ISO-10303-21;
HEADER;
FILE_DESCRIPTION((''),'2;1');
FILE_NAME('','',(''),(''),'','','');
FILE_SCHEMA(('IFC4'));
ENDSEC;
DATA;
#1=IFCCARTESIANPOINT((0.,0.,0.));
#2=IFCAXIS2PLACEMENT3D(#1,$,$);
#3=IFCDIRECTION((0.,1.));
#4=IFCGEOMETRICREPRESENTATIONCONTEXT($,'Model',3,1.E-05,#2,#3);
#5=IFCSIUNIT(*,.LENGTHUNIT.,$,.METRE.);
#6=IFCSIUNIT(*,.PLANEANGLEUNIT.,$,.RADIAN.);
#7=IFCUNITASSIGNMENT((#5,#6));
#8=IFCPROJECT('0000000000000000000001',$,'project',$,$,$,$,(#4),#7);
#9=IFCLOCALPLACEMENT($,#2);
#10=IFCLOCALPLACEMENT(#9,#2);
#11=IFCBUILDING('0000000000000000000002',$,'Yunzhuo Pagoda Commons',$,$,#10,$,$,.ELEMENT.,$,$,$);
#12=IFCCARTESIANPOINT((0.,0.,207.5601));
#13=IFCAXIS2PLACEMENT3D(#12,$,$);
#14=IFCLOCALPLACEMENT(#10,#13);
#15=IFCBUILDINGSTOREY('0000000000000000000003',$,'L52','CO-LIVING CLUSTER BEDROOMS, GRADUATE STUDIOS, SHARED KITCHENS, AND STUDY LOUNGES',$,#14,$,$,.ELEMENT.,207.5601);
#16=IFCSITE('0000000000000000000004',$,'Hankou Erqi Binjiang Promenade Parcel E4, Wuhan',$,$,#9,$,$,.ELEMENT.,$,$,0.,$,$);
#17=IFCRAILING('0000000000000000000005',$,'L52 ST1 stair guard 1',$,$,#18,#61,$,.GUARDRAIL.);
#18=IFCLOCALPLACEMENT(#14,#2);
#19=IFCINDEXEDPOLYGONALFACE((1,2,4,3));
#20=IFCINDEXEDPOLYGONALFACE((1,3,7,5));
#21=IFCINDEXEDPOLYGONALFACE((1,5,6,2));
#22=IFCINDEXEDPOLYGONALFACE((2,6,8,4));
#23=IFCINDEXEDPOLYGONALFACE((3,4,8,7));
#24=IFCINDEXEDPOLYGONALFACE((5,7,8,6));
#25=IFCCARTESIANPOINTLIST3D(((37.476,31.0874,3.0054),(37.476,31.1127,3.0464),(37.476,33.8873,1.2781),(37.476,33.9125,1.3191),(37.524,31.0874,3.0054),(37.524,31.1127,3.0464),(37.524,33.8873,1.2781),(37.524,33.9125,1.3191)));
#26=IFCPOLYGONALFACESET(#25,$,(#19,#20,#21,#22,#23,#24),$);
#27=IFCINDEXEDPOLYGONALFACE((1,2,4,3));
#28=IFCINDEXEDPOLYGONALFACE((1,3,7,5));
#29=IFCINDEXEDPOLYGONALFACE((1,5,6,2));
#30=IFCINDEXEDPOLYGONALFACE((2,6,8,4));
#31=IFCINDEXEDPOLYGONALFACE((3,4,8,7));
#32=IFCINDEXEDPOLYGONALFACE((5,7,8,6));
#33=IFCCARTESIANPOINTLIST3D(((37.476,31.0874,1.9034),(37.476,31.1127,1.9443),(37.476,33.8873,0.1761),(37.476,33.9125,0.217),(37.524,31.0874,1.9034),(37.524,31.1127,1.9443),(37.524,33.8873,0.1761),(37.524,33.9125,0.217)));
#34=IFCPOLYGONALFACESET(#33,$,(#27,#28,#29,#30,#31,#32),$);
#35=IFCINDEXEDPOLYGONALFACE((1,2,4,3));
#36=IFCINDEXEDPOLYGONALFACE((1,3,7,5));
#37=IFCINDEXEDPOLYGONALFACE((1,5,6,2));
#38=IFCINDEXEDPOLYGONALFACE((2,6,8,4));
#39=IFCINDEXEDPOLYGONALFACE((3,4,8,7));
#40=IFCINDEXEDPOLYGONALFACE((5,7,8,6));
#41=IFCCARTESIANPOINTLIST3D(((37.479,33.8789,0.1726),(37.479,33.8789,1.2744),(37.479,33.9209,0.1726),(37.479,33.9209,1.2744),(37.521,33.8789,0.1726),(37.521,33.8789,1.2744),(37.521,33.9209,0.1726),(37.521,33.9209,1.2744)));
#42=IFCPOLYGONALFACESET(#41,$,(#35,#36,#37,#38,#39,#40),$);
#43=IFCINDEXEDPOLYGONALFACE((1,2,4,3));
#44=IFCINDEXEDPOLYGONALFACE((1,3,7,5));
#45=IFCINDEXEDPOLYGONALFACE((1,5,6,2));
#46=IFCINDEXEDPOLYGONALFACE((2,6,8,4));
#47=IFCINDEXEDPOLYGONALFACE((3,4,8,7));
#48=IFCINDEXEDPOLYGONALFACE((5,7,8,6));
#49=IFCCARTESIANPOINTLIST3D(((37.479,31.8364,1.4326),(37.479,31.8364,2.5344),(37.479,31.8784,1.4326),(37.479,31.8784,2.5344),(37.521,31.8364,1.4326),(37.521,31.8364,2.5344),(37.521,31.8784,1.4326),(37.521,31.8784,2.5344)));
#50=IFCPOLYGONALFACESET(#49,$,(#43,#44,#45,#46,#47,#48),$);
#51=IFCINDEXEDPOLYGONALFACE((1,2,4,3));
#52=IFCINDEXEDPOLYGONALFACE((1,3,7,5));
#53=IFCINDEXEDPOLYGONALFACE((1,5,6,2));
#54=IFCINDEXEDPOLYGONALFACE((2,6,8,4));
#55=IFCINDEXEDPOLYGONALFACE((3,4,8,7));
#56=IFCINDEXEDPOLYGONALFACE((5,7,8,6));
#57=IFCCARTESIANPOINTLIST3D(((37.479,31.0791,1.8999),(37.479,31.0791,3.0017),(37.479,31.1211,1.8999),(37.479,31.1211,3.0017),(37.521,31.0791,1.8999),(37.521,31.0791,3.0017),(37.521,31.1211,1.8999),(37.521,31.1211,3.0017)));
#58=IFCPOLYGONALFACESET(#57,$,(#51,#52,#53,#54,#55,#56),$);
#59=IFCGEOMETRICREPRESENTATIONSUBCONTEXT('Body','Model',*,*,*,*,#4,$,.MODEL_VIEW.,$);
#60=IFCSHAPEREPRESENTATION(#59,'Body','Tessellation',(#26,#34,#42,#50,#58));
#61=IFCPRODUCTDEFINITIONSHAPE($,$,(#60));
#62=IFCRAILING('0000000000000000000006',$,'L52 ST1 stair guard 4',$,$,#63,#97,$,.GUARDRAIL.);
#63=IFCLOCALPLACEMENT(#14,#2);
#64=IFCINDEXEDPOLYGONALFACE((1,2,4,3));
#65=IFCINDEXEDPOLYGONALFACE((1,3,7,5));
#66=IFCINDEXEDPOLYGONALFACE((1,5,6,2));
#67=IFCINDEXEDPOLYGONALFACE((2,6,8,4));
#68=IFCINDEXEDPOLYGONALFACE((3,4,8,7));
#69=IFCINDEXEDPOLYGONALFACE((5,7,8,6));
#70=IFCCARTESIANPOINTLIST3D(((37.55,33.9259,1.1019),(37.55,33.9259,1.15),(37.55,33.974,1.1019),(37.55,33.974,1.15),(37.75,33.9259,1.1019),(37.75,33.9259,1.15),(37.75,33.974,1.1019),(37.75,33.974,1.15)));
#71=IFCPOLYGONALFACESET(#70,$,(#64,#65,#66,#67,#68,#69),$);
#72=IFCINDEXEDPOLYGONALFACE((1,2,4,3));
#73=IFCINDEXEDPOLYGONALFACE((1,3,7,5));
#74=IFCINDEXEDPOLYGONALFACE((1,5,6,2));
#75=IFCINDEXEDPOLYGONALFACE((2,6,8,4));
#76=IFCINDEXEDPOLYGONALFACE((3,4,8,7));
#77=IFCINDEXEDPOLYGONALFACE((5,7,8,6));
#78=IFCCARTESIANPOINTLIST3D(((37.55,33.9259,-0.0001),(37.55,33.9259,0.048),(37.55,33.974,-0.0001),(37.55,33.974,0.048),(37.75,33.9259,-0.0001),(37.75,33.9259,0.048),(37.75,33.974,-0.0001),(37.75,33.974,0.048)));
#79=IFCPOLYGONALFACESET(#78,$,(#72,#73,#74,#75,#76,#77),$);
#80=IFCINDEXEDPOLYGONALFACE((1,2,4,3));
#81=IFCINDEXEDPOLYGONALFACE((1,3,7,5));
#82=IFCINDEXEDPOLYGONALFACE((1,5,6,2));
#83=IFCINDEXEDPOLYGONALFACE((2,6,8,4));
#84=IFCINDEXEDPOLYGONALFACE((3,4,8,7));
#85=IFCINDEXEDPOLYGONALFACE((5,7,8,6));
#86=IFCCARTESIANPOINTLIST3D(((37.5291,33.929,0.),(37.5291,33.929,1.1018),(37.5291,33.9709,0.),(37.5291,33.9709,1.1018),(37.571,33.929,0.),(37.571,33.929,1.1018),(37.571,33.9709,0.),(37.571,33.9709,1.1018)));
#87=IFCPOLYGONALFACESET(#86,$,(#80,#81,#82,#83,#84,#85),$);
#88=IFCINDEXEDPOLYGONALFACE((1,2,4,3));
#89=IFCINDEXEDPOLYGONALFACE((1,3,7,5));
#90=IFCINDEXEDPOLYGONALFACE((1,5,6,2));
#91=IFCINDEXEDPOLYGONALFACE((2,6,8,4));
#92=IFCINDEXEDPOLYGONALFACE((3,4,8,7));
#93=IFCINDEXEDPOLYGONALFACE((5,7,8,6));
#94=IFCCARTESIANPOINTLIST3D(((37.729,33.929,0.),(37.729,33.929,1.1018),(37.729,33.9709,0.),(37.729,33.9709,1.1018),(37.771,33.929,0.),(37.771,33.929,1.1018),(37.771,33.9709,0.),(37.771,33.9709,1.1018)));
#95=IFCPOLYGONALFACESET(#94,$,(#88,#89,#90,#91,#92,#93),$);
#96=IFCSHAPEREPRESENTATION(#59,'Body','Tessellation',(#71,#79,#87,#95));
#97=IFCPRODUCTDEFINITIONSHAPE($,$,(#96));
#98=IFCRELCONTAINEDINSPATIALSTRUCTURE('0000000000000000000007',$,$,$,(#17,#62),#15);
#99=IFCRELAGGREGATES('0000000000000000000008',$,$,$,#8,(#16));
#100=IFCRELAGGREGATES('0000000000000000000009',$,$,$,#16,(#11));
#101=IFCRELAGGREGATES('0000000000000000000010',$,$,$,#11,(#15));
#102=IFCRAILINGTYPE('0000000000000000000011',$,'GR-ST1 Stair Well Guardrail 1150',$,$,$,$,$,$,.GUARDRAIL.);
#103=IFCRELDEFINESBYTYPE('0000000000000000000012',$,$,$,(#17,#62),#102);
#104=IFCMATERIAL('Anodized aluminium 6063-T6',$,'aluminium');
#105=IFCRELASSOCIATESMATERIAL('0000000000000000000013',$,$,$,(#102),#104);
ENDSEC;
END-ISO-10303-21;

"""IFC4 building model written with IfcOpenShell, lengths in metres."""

from ifc_helpers import new_model, si_unit, direction, frame, origin, origin_2d, place, context, subcontext, project, spatial, rectangle, extrude, material, type_object, element, save


model = new_model("IFC4")

# Units and contexts
model_context = context("Model", 3, precision=1e-05, world=origin(), true_north=direction((0.0, 1.0)))
body_context = subcontext(model_context, "Body", "Model", "MODEL_VIEW")
ifc_project = project(units=[si_unit("LENGTHUNIT", "METRE"), si_unit("PLANEANGLEUNIT", "RADIAN")], contexts=[model_context])

# Site, building, storey
site_placement = place(None, origin())
site = spatial("IfcSite", under=ifc_project, at=site_placement, Name="Hankou Erqi Binjiang Promenade Parcel E4, Wuhan", CompositionType="ELEMENT", RefElevation=0.0)
building_placement = place(site_placement, origin())
building = spatial("IfcBuilding", under=site, at=building_placement, Name="Yunzhuo Pagoda Commons", CompositionType="ELEMENT")
storey_placement = place(building_placement, frame((0.0, 0.0, 207.5601)))
storey = spatial("IfcBuildingStorey", under=building, at=storey_placement, Name="L52", Description="CO-LIVING CLUSTER BEDROOMS, GRADUATE STUDIOS, SHARED KITCHENS, AND STUDY LOUNGES", CompositionType="ELEMENT", Elevation=207.5601)

# Railings
ifc_material_1 = material(Name="Anodized aluminium 6063-T6", Category="aluminium")
railing_type = type_object("IfcRailingType", Name="GR-ST1 Stair Well Guardrail 1150", PredefinedType="GUARDRAIL", material=ifc_material_1)
railing_1_placement = place(storey_placement, frame((37.5, 33.8999, 0.1726)))
element("IfcRailing", 1, at=railing_1_placement, inside=storey, type_object=railing_type, Name="L52 ST1 stair guard 1", PredefinedType="GUARDRAIL", context=body_context, shape_type="SweptSolid", body=[
    extrude(rectangle(XDim=0.0481, YDim=0.0481, at=origin_2d()), frame((0.0, 0.0, 1.126), z_axis=(0.0, -0.851069, 0.525054), x_axis=(1.0, 0.0, 0.0)), (0.0, 0.0, 1.0), 3.2898),
    extrude(rectangle(XDim=0.0481, YDim=0.0481, at=origin_2d()), frame((0.0, 0.0, 0.0239), z_axis=(0.0, -0.851069, 0.525054), x_axis=(1.0, 0.0, 0.0)), (0.0, 0.0, 1.0), 3.2898),
    extrude(rectangle(XDim=0.042, YDim=0.042, at=origin_2d()), origin(), (0.0, 0.0, 1.0), 1.1018),
    extrude(rectangle(XDim=0.042, YDim=0.042, at=origin_2d()), frame((0.0, -2.0425, 1.26)), (0.0, 0.0, 1.0), 1.1018),
    extrude(rectangle(XDim=0.042, YDim=0.042, at=origin_2d()), frame((0.0, -2.7998, 1.7273)), (0.0, 0.0, 1.0), 1.1018),
])
railing_2_placement = place(storey_placement, frame((37.55, 33.95, 0.0)))
element("IfcRailing", 2, at=railing_2_placement, inside=storey, type_object=railing_type, Name="L52 ST1 stair guard 4", PredefinedType="GUARDRAIL", context=body_context, shape_type="SweptSolid", body=[
    extrude(rectangle(XDim=0.0481, YDim=0.0481, at=origin_2d()), frame((0.0, 0.0, 1.126), z_axis=(1.0, 0.0, 0.0), x_axis=(0.0, 1.0, 0.0)), (0.0, 0.0, 1.0), 0.2),
    extrude(rectangle(XDim=0.0481, YDim=0.0481, at=origin_2d()), frame((0.0, 0.0, 0.0239), z_axis=(1.0, 0.0, 0.0), x_axis=(0.0, 1.0, 0.0)), (0.0, 0.0, 1.0), 0.2),
    extrude(rectangle(XDim=0.042, YDim=0.042, at=origin_2d()), origin(), (0.0, 0.0, 1.0), 1.1018),
    extrude(rectangle(XDim=0.042, YDim=0.042, at=origin_2d()), frame((0.2, 0.0, 0.0)), (0.0, 0.0, 1.0), 1.1018),
])

save(model, "model.ifc")
